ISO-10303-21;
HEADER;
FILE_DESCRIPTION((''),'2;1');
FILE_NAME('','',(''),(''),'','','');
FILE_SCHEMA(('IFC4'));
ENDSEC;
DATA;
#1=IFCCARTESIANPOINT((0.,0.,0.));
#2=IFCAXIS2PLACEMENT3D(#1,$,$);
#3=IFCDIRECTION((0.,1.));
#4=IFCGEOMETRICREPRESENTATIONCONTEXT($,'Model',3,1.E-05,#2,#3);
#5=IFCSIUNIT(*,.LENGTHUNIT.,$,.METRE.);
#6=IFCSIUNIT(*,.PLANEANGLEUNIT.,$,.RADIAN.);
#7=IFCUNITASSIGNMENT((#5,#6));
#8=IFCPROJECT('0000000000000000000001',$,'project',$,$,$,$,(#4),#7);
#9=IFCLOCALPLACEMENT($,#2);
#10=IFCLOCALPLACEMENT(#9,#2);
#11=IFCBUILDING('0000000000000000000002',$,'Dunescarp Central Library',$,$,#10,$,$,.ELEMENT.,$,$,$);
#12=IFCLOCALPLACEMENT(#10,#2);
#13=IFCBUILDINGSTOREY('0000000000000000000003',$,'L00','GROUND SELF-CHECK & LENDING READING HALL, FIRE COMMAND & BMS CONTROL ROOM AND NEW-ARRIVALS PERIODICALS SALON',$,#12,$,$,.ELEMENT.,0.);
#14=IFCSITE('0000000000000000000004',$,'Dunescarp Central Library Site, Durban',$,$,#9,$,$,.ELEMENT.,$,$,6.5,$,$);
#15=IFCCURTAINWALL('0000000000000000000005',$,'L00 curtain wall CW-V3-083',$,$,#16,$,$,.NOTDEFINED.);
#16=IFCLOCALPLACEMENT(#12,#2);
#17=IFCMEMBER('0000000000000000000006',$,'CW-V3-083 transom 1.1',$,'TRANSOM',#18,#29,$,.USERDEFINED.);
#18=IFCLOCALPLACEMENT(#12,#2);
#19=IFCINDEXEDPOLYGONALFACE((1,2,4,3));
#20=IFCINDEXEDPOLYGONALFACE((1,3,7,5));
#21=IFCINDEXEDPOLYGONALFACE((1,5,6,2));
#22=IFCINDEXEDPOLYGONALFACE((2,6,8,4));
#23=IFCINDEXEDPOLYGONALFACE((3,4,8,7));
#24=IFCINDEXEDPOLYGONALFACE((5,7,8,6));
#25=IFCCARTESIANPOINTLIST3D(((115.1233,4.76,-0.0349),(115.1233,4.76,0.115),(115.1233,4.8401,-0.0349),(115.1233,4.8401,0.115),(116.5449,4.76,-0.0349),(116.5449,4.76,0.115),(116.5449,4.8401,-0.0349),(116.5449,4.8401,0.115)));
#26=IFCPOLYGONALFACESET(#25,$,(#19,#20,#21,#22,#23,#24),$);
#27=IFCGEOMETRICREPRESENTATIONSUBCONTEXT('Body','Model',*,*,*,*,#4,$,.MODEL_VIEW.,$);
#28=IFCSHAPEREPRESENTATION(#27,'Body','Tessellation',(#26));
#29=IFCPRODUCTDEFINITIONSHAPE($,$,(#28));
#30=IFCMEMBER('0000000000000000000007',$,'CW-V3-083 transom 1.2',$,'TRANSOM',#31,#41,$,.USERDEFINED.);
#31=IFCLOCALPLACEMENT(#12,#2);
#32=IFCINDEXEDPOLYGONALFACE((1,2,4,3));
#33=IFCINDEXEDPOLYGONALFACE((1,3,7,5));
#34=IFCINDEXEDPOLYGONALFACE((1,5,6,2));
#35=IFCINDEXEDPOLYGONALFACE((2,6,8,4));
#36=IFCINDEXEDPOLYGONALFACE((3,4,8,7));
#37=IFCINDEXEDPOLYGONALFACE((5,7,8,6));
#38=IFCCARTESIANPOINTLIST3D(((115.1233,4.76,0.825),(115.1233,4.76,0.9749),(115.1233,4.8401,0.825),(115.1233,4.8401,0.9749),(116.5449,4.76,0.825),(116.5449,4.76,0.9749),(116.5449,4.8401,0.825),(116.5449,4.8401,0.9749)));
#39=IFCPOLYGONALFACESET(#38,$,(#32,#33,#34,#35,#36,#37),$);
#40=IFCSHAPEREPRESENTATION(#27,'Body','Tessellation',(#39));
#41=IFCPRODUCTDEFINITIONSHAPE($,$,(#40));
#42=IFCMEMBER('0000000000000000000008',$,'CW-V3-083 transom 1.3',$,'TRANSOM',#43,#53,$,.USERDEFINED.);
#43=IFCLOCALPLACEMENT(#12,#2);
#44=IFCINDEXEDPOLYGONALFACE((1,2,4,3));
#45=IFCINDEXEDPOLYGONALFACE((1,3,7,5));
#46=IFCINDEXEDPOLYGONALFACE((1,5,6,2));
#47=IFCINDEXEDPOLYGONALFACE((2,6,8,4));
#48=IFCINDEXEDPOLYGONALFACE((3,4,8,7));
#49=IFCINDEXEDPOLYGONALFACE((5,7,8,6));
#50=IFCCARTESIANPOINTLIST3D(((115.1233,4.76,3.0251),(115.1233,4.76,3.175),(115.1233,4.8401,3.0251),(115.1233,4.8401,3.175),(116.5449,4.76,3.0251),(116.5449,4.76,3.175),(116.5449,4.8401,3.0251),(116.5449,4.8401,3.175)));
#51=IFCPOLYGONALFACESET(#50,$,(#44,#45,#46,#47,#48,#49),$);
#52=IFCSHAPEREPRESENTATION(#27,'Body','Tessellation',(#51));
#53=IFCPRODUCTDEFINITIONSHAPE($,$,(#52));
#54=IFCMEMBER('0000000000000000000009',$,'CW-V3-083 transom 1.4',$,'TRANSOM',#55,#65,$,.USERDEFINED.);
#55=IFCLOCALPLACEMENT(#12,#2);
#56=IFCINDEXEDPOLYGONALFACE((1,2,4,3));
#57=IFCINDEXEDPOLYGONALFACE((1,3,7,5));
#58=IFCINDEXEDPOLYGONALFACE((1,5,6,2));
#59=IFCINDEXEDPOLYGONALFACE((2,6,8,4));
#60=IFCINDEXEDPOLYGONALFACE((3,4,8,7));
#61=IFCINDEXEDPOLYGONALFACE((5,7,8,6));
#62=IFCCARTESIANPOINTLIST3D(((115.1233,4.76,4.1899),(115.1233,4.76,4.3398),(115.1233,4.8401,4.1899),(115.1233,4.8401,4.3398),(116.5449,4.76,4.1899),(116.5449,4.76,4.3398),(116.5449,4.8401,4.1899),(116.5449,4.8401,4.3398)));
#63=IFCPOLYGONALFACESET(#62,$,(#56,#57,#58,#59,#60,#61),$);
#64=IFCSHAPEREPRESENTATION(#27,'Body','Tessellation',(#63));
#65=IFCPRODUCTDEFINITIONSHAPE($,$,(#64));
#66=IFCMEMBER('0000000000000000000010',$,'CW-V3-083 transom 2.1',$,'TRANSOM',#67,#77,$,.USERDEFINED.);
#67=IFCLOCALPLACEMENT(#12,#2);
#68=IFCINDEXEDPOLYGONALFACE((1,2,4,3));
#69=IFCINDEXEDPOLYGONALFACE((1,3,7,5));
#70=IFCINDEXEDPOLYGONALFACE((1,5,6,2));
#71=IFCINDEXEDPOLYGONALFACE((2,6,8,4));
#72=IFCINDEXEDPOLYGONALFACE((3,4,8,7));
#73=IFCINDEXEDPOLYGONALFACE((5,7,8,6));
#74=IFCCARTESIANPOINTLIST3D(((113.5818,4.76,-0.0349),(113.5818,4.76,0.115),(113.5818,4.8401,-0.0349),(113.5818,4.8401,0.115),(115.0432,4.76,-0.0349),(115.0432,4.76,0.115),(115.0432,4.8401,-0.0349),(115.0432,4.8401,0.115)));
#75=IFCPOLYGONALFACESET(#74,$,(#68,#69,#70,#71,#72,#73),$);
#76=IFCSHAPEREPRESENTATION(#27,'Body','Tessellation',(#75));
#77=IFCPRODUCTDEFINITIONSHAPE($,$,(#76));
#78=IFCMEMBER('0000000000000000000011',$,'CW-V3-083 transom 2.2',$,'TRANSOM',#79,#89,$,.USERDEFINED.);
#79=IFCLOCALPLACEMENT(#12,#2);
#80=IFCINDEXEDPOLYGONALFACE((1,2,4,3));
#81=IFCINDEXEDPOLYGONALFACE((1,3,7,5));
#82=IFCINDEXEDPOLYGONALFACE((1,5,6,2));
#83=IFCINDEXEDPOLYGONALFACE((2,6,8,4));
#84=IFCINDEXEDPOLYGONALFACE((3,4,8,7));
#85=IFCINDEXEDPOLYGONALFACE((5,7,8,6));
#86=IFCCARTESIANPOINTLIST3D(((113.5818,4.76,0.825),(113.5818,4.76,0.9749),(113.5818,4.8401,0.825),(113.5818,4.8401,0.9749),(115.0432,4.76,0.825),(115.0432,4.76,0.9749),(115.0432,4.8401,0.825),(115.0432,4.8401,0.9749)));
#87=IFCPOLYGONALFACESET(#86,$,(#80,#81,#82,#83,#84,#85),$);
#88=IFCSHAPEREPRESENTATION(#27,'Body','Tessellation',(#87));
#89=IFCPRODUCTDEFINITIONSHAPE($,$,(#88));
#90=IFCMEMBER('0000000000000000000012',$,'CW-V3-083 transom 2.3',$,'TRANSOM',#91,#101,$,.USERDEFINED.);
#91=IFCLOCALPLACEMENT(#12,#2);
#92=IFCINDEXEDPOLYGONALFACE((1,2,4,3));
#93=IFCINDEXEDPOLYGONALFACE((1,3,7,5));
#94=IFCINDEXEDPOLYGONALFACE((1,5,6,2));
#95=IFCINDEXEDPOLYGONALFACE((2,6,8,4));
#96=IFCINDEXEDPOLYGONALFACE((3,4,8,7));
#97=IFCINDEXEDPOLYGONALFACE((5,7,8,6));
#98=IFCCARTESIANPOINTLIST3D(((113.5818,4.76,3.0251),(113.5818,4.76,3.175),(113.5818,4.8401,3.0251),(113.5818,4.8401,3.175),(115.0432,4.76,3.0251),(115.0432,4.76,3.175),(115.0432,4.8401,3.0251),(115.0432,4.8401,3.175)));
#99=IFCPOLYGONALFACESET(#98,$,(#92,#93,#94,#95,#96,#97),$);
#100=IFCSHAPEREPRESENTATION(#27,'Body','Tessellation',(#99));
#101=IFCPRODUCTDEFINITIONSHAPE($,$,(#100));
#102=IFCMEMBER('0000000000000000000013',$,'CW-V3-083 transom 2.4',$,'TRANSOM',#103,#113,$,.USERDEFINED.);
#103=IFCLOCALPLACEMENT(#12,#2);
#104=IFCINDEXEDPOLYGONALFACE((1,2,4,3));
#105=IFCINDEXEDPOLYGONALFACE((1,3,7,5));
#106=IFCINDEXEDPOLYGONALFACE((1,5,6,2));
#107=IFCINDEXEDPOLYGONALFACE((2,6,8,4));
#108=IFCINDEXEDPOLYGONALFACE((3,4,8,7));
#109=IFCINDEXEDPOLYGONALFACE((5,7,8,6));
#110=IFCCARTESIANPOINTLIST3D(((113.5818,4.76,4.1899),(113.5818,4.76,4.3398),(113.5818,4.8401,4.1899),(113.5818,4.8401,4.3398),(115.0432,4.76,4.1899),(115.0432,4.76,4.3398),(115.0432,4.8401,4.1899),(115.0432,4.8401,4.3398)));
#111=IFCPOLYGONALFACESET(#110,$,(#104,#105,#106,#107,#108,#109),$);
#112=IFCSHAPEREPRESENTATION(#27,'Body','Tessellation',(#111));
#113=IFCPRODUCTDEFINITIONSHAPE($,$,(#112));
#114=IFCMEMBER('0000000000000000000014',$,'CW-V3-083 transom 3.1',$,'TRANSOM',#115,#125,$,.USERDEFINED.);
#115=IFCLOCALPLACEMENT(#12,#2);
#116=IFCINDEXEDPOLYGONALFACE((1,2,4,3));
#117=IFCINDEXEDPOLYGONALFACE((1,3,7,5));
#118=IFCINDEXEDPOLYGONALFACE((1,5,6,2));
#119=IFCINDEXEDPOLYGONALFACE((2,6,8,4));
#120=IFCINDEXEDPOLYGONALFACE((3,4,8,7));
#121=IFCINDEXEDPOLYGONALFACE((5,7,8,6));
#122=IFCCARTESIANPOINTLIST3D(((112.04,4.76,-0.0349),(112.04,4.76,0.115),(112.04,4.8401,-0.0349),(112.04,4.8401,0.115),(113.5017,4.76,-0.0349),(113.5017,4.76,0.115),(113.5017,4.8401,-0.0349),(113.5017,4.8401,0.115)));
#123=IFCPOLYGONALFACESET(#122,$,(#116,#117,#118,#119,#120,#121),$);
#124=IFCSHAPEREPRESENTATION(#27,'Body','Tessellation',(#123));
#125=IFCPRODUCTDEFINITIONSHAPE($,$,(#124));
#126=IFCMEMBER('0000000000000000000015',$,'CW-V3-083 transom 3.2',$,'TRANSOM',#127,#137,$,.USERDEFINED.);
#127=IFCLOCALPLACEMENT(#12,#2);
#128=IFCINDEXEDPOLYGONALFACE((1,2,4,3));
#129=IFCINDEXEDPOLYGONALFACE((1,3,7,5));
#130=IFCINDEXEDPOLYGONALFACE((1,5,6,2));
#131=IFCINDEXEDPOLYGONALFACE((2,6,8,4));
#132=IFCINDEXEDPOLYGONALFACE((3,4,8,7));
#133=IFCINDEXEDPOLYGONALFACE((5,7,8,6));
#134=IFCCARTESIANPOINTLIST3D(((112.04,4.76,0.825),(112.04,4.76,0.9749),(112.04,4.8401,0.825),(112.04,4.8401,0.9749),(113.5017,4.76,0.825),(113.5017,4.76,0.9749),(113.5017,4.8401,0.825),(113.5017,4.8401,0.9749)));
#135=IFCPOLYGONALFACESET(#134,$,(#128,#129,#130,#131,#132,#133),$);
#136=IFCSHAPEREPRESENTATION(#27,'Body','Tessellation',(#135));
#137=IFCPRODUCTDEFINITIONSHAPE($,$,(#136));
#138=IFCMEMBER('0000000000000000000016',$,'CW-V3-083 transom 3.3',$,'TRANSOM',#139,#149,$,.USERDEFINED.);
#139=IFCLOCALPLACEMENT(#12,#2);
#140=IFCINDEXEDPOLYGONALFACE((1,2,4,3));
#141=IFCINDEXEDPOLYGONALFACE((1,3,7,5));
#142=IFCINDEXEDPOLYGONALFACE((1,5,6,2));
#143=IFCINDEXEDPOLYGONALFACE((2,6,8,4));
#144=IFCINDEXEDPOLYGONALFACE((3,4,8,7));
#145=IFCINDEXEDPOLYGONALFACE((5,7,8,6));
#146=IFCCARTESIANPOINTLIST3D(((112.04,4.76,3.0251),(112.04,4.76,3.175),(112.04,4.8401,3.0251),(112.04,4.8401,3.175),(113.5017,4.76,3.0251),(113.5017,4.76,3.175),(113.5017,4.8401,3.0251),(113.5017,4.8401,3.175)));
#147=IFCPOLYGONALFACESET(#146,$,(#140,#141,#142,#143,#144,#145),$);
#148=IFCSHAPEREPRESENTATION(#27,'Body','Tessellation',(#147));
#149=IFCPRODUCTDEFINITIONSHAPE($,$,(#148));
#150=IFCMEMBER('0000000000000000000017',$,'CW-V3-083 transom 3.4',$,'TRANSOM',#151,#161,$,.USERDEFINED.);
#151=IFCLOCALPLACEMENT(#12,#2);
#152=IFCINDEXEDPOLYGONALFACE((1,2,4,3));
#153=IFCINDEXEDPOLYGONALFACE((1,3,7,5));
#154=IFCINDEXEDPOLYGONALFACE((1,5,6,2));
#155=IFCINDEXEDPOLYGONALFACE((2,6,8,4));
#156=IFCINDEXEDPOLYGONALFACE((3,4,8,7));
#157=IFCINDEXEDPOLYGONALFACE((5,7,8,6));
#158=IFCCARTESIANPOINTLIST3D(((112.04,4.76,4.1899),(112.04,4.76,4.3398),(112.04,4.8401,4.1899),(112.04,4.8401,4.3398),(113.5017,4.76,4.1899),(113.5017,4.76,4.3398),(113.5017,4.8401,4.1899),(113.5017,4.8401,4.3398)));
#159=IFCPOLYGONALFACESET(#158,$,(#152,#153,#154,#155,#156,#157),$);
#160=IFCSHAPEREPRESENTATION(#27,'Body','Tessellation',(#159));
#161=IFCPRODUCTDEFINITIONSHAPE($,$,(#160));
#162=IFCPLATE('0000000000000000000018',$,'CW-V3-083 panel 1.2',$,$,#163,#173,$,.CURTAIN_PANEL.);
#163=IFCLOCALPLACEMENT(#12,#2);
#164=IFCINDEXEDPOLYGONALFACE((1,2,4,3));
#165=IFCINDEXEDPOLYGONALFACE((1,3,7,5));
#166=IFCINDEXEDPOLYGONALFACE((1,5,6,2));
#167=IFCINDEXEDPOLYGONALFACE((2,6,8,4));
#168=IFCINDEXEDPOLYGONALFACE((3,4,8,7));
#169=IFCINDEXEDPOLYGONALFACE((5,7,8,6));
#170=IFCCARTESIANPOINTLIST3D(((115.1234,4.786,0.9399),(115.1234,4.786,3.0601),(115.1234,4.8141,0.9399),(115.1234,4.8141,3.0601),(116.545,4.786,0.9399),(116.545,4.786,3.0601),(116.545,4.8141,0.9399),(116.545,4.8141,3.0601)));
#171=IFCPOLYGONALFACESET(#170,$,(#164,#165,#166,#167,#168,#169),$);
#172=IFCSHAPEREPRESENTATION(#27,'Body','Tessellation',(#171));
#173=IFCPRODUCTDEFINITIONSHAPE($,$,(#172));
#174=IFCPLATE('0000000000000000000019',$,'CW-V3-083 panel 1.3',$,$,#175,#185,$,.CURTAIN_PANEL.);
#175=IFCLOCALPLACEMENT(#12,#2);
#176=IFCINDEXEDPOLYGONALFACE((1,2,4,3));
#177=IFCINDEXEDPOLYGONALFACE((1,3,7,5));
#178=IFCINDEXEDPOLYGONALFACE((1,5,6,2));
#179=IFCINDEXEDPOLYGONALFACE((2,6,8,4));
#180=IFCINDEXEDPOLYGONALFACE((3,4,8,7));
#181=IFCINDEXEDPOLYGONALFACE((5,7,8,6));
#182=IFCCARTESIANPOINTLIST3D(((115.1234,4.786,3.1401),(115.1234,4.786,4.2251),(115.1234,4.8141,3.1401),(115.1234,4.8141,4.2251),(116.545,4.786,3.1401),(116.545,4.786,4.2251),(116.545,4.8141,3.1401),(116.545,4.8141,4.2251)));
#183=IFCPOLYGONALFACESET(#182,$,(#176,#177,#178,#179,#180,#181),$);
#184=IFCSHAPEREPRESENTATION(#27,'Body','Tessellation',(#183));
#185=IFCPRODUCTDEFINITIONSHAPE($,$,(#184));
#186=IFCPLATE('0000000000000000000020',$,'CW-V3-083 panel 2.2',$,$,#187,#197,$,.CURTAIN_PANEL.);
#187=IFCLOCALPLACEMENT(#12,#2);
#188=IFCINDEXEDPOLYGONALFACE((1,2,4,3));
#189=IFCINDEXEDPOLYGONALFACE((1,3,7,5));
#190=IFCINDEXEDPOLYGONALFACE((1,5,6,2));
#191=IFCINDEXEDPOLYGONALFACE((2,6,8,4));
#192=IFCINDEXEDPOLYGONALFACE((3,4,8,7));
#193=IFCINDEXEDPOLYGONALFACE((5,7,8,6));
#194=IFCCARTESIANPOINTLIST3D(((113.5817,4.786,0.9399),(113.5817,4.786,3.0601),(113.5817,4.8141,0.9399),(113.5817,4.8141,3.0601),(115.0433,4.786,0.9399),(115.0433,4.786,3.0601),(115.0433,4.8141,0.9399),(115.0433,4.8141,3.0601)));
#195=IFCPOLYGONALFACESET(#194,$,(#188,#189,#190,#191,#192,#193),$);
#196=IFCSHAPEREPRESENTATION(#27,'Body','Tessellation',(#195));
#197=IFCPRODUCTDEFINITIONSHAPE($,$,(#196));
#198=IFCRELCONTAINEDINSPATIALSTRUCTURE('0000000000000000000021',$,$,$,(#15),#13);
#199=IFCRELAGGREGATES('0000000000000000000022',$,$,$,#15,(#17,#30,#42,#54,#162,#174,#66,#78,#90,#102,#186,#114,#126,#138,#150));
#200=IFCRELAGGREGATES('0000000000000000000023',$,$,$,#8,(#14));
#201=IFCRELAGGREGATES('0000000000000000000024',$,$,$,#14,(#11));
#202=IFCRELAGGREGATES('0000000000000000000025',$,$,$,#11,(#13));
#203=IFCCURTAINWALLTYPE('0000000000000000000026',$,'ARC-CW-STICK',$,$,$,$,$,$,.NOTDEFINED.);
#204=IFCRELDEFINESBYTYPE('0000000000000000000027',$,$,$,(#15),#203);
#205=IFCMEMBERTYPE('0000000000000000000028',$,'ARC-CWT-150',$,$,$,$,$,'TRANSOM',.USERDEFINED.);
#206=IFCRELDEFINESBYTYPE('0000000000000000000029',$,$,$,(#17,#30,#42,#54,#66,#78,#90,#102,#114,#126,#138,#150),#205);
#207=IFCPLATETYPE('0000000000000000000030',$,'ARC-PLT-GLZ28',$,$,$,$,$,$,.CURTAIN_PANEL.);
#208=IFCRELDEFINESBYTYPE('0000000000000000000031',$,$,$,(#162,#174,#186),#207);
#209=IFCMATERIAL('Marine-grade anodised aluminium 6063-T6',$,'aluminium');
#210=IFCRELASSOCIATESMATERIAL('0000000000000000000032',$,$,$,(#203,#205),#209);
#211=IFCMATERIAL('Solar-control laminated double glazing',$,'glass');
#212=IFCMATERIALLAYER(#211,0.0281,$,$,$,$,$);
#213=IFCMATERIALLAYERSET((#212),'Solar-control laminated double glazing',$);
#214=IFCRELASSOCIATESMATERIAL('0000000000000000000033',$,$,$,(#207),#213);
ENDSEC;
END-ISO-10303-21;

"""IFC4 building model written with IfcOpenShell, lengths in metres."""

from ifc_helpers import new_model, si_unit, direction, frame, origin, origin_2d, place, context, subcontext, project, spatial, rectangle, extrude, material, layer, layer_set, material_profile, profile_set, type_object, element, aggregate, save


model = new_model("IFC4")

# Units and contexts
model_context = context("Model", 3, precision=1e-05, world=origin(), true_north=direction((0.0, 1.0)))
body_context = subcontext(model_context, "Body", "Model", "MODEL_VIEW")
ifc_project = project(units=[si_unit("LENGTHUNIT", "METRE"), si_unit("PLANEANGLEUNIT", "RADIAN")], contexts=[model_context])

# Site, building, storey
site_placement = place(None, origin())
site = spatial("IfcSite", under=ifc_project, at=site_placement, Name="Dunescarp Central Library Site, Durban", CompositionType="ELEMENT", RefElevation=6.5)
building_placement = place(site_placement, origin())
building = spatial("IfcBuilding", under=site, at=building_placement, Name="Dunescarp Central Library", CompositionType="ELEMENT")
storey_placement = place(building_placement, origin())
storey = spatial("IfcBuildingStorey", under=building, at=storey_placement, Name="L00", Description="GROUND SELF-CHECK & LENDING READING HALL, FIRE COMMAND & BMS CONTROL ROOM AND NEW-ARRIVALS PERIODICALS SALON", CompositionType="ELEMENT", Elevation=0.0)

# Curtain wall, members, plates
ifc_material_1 = material(Name="Marine-grade anodised aluminium 6063-T6", Category="aluminium")
curtain_wall_type = type_object("IfcCurtainWallType", Name="ARC-CW-STICK", PredefinedType="NOTDEFINED", material=ifc_material_1)
curtain_wall_placement = place(storey_placement, origin())
curtain_wall = element("IfcCurtainWall", 1, at=curtain_wall_placement, inside=storey, type_object=curtain_wall_type, Name="L00 curtain wall CW-V3-083", PredefinedType="NOTDEFINED")
ifc_material_profile_1 = material_profile(ifc_material_1, rectangle(XDim=0.0801, YDim=0.1499, at=origin_2d()), Name="AL 80x150")
ifc_profile_set_1 = profile_set([ifc_material_profile_1], Name="Marine-grade anodised aluminium 6063-T6")
member_type_1 = type_object("IfcMemberType", Name="ARC-CWT-150", ElementType="TRANSOM", PredefinedType="USERDEFINED", material=ifc_profile_set_1)
member_1_placement = place(storey_placement, frame((116.5449, 4.8, 0.04), z_axis=(-1.0, 0.0, 0.0), x_axis=(0.0, -1.0, 0.0)))
member_1 = element("IfcMember", 2, at=member_1_placement, type_object=member_type_1, Name="CW-V3-083 transom 1.1", ObjectType="TRANSOM", PredefinedType="USERDEFINED", context=body_context, shape_type="SweptSolid", body=[
    extrude(rectangle(XDim=0.0801, YDim=0.1499, at=origin_2d()), origin(), (0.0, 0.0, 1.0), 1.4216),
])
member_2_placement = place(storey_placement, frame((116.5449, 4.8, 0.8999), z_axis=(-1.0, 0.0, 0.0), x_axis=(0.0, -1.0, 0.0)))
member_2 = element("IfcMember", 3, at=member_2_placement, type_object=member_type_1, Name="CW-V3-083 transom 1.2", ObjectType="TRANSOM", PredefinedType="USERDEFINED", context=body_context, shape_type="SweptSolid", body=[
    extrude(rectangle(XDim=0.0801, YDim=0.1499, at=origin_2d()), origin(), (0.0, 0.0, 1.0), 1.4216),
])
member_3_placement = place(storey_placement, frame((116.5449, 4.8, 3.1001), z_axis=(-1.0, 0.0, 0.0), x_axis=(0.0, -1.0, 0.0)))
member_3 = element("IfcMember", 4, at=member_3_placement, type_object=member_type_1, Name="CW-V3-083 transom 1.3", ObjectType="TRANSOM", PredefinedType="USERDEFINED", context=body_context, shape_type="SweptSolid", body=[
    extrude(rectangle(XDim=0.0801, YDim=0.1499, at=origin_2d()), origin(), (0.0, 0.0, 1.0), 1.4216),
])
member_4_placement = place(storey_placement, frame((116.5449, 4.8, 4.2649), z_axis=(-1.0, 0.0, 0.0), x_axis=(0.0, -1.0, 0.0)))
member_4 = element("IfcMember", 5, at=member_4_placement, type_object=member_type_1, Name="CW-V3-083 transom 1.4", ObjectType="TRANSOM", PredefinedType="USERDEFINED", context=body_context, shape_type="SweptSolid", body=[
    extrude(rectangle(XDim=0.0801, YDim=0.1499, at=origin_2d()), origin(), (0.0, 0.0, 1.0), 1.4216),
])
member_5_placement = place(storey_placement, frame((115.0432, 4.8, 0.04), z_axis=(-1.0, 0.0, 0.0), x_axis=(0.0, -1.0, 0.0)))
member_5 = element("IfcMember", 6, at=member_5_placement, type_object=member_type_1, Name="CW-V3-083 transom 2.1", ObjectType="TRANSOM", PredefinedType="USERDEFINED", context=body_context, shape_type="SweptSolid", body=[
    extrude(rectangle(XDim=0.0801, YDim=0.1499, at=origin_2d()), origin(), (0.0, 0.0, 1.0), 1.4614),
])
member_6_placement = place(storey_placement, frame((115.0432, 4.8, 0.8999), z_axis=(-1.0, 0.0, 0.0), x_axis=(0.0, -1.0, 0.0)))
member_6 = element("IfcMember", 7, at=member_6_placement, type_object=member_type_1, Name="CW-V3-083 transom 2.2", ObjectType="TRANSOM", PredefinedType="USERDEFINED", context=body_context, shape_type="SweptSolid", body=[
    extrude(rectangle(XDim=0.0801, YDim=0.1499, at=origin_2d()), origin(), (0.0, 0.0, 1.0), 1.4614),
])
member_7_placement = place(storey_placement, frame((115.0432, 4.8, 3.1001), z_axis=(-1.0, 0.0, 0.0), x_axis=(0.0, -1.0, 0.0)))
member_7 = element("IfcMember", 8, at=member_7_placement, type_object=member_type_1, Name="CW-V3-083 transom 2.3", ObjectType="TRANSOM", PredefinedType="USERDEFINED", context=body_context, shape_type="SweptSolid", body=[
    extrude(rectangle(XDim=0.0801, YDim=0.1499, at=origin_2d()), origin(), (0.0, 0.0, 1.0), 1.4614),
])
member_8_placement = place(storey_placement, frame((115.0432, 4.8, 4.2649), z_axis=(-1.0, 0.0, 0.0), x_axis=(0.0, -1.0, 0.0)))
member_8 = element("IfcMember", 9, at=member_8_placement, type_object=member_type_1, Name="CW-V3-083 transom 2.4", ObjectType="TRANSOM", PredefinedType="USERDEFINED", context=body_context, shape_type="SweptSolid", body=[
    extrude(rectangle(XDim=0.0801, YDim=0.1499, at=origin_2d()), origin(), (0.0, 0.0, 1.0), 1.4614),
])
member_9_placement = place(storey_placement, frame((113.5017, 4.8, 0.04), z_axis=(-1.0, 0.0, 0.0), x_axis=(0.0, -1.0, 0.0)))
member_9 = element("IfcMember", 10, at=member_9_placement, type_object=member_type_1, Name="CW-V3-083 transom 3.1", ObjectType="TRANSOM", PredefinedType="USERDEFINED", context=body_context, shape_type="SweptSolid", body=[
    extrude(rectangle(XDim=0.0801, YDim=0.1499, at=origin_2d()), origin(), (0.0, 0.0, 1.0), 1.4617),
])
member_10_placement = place(storey_placement, frame((113.5017, 4.8, 0.8999), z_axis=(-1.0, 0.0, 0.0), x_axis=(0.0, -1.0, 0.0)))
member_10 = element("IfcMember", 11, at=member_10_placement, type_object=member_type_1, Name="CW-V3-083 transom 3.2", ObjectType="TRANSOM", PredefinedType="USERDEFINED", context=body_context, shape_type="SweptSolid", body=[
    extrude(rectangle(XDim=0.0801, YDim=0.1499, at=origin_2d()), origin(), (0.0, 0.0, 1.0), 1.4617),
])
member_11_placement = place(storey_placement, frame((113.5017, 4.8, 3.1001), z_axis=(-1.0, 0.0, 0.0), x_axis=(0.0, -1.0, 0.0)))
member_11 = element("IfcMember", 12, at=member_11_placement, type_object=member_type_1, Name="CW-V3-083 transom 3.3", ObjectType="TRANSOM", PredefinedType="USERDEFINED", context=body_context, shape_type="SweptSolid", body=[
    extrude(rectangle(XDim=0.0801, YDim=0.1499, at=origin_2d()), origin(), (0.0, 0.0, 1.0), 1.4617),
])
member_12_placement = place(storey_placement, frame((113.5017, 4.8, 4.2649), z_axis=(-1.0, 0.0, 0.0), x_axis=(0.0, -1.0, 0.0)))
member_12 = element("IfcMember", 13, at=member_12_placement, type_object=member_type_1, Name="CW-V3-083 transom 3.4", ObjectType="TRANSOM", PredefinedType="USERDEFINED", context=body_context, shape_type="SweptSolid", body=[
    extrude(rectangle(XDim=0.0801, YDim=0.1499, at=origin_2d()), origin(), (0.0, 0.0, 1.0), 1.4617),
])
ifc_material_2 = material(Name="Solar-control laminated double glazing", Category="glass")
ifc_layer_1 = layer(ifc_material_2, 0.0281)
ifc_layer_set_1 = layer_set([ifc_layer_1], Name="Solar-control laminated double glazing")
plate_type_1 = type_object("IfcPlateType", Name="ARC-PLT-GLZ28", PredefinedType="CURTAIN_PANEL", material=ifc_layer_set_1)
plate_1_placement = place(storey_placement, frame((115.8342, 4.8, 0.9399), z_axis=(0.0, 0.0, 1.0), x_axis=(-1.0, 0.0, 0.0)))
plate_1 = element("IfcPlate", 14, at=plate_1_placement, type_object=plate_type_1, Name="CW-V3-083 panel 1.2", PredefinedType="CURTAIN_PANEL", context=body_context, shape_type="SweptSolid", body=[
    extrude(rectangle(XDim=1.4216, YDim=0.0281, at=origin_2d()), origin(), (0.0, 0.0, 1.0), 2.1201),
])
plate_2_placement = place(storey_placement, frame((115.8342, 4.8, 3.1401), z_axis=(0.0, 0.0, 1.0), x_axis=(-1.0, 0.0, 0.0)))
plate_2 = element("IfcPlate", 15, at=plate_2_placement, type_object=plate_type_1, Name="CW-V3-083 panel 1.3", PredefinedType="CURTAIN_PANEL", context=body_context, shape_type="SweptSolid", body=[
    extrude(rectangle(XDim=1.4216, YDim=0.0281, at=origin_2d()), origin(), (0.0, 0.0, 1.0), 1.085),
])
plate_3_placement = place(storey_placement, frame((114.3125, 4.8, 0.9399), z_axis=(0.0, 0.0, 1.0), x_axis=(-1.0, 0.0, 0.0)))
plate_3 = element("IfcPlate", 16, at=plate_3_placement, type_object=plate_type_1, Name="CW-V3-083 panel 2.2", PredefinedType="CURTAIN_PANEL", context=body_context, shape_type="SweptSolid", body=[
    extrude(rectangle(XDim=1.4617, YDim=0.0281, at=origin_2d()), origin(), (0.0, 0.0, 1.0), 2.1201),
])
aggregate(curtain_wall, [member_1, member_2, member_3, member_4, plate_1, plate_2, member_5, member_6, member_7, member_8, plate_3, member_9, member_10, member_11, member_12])

save(model, "model.ifc")
